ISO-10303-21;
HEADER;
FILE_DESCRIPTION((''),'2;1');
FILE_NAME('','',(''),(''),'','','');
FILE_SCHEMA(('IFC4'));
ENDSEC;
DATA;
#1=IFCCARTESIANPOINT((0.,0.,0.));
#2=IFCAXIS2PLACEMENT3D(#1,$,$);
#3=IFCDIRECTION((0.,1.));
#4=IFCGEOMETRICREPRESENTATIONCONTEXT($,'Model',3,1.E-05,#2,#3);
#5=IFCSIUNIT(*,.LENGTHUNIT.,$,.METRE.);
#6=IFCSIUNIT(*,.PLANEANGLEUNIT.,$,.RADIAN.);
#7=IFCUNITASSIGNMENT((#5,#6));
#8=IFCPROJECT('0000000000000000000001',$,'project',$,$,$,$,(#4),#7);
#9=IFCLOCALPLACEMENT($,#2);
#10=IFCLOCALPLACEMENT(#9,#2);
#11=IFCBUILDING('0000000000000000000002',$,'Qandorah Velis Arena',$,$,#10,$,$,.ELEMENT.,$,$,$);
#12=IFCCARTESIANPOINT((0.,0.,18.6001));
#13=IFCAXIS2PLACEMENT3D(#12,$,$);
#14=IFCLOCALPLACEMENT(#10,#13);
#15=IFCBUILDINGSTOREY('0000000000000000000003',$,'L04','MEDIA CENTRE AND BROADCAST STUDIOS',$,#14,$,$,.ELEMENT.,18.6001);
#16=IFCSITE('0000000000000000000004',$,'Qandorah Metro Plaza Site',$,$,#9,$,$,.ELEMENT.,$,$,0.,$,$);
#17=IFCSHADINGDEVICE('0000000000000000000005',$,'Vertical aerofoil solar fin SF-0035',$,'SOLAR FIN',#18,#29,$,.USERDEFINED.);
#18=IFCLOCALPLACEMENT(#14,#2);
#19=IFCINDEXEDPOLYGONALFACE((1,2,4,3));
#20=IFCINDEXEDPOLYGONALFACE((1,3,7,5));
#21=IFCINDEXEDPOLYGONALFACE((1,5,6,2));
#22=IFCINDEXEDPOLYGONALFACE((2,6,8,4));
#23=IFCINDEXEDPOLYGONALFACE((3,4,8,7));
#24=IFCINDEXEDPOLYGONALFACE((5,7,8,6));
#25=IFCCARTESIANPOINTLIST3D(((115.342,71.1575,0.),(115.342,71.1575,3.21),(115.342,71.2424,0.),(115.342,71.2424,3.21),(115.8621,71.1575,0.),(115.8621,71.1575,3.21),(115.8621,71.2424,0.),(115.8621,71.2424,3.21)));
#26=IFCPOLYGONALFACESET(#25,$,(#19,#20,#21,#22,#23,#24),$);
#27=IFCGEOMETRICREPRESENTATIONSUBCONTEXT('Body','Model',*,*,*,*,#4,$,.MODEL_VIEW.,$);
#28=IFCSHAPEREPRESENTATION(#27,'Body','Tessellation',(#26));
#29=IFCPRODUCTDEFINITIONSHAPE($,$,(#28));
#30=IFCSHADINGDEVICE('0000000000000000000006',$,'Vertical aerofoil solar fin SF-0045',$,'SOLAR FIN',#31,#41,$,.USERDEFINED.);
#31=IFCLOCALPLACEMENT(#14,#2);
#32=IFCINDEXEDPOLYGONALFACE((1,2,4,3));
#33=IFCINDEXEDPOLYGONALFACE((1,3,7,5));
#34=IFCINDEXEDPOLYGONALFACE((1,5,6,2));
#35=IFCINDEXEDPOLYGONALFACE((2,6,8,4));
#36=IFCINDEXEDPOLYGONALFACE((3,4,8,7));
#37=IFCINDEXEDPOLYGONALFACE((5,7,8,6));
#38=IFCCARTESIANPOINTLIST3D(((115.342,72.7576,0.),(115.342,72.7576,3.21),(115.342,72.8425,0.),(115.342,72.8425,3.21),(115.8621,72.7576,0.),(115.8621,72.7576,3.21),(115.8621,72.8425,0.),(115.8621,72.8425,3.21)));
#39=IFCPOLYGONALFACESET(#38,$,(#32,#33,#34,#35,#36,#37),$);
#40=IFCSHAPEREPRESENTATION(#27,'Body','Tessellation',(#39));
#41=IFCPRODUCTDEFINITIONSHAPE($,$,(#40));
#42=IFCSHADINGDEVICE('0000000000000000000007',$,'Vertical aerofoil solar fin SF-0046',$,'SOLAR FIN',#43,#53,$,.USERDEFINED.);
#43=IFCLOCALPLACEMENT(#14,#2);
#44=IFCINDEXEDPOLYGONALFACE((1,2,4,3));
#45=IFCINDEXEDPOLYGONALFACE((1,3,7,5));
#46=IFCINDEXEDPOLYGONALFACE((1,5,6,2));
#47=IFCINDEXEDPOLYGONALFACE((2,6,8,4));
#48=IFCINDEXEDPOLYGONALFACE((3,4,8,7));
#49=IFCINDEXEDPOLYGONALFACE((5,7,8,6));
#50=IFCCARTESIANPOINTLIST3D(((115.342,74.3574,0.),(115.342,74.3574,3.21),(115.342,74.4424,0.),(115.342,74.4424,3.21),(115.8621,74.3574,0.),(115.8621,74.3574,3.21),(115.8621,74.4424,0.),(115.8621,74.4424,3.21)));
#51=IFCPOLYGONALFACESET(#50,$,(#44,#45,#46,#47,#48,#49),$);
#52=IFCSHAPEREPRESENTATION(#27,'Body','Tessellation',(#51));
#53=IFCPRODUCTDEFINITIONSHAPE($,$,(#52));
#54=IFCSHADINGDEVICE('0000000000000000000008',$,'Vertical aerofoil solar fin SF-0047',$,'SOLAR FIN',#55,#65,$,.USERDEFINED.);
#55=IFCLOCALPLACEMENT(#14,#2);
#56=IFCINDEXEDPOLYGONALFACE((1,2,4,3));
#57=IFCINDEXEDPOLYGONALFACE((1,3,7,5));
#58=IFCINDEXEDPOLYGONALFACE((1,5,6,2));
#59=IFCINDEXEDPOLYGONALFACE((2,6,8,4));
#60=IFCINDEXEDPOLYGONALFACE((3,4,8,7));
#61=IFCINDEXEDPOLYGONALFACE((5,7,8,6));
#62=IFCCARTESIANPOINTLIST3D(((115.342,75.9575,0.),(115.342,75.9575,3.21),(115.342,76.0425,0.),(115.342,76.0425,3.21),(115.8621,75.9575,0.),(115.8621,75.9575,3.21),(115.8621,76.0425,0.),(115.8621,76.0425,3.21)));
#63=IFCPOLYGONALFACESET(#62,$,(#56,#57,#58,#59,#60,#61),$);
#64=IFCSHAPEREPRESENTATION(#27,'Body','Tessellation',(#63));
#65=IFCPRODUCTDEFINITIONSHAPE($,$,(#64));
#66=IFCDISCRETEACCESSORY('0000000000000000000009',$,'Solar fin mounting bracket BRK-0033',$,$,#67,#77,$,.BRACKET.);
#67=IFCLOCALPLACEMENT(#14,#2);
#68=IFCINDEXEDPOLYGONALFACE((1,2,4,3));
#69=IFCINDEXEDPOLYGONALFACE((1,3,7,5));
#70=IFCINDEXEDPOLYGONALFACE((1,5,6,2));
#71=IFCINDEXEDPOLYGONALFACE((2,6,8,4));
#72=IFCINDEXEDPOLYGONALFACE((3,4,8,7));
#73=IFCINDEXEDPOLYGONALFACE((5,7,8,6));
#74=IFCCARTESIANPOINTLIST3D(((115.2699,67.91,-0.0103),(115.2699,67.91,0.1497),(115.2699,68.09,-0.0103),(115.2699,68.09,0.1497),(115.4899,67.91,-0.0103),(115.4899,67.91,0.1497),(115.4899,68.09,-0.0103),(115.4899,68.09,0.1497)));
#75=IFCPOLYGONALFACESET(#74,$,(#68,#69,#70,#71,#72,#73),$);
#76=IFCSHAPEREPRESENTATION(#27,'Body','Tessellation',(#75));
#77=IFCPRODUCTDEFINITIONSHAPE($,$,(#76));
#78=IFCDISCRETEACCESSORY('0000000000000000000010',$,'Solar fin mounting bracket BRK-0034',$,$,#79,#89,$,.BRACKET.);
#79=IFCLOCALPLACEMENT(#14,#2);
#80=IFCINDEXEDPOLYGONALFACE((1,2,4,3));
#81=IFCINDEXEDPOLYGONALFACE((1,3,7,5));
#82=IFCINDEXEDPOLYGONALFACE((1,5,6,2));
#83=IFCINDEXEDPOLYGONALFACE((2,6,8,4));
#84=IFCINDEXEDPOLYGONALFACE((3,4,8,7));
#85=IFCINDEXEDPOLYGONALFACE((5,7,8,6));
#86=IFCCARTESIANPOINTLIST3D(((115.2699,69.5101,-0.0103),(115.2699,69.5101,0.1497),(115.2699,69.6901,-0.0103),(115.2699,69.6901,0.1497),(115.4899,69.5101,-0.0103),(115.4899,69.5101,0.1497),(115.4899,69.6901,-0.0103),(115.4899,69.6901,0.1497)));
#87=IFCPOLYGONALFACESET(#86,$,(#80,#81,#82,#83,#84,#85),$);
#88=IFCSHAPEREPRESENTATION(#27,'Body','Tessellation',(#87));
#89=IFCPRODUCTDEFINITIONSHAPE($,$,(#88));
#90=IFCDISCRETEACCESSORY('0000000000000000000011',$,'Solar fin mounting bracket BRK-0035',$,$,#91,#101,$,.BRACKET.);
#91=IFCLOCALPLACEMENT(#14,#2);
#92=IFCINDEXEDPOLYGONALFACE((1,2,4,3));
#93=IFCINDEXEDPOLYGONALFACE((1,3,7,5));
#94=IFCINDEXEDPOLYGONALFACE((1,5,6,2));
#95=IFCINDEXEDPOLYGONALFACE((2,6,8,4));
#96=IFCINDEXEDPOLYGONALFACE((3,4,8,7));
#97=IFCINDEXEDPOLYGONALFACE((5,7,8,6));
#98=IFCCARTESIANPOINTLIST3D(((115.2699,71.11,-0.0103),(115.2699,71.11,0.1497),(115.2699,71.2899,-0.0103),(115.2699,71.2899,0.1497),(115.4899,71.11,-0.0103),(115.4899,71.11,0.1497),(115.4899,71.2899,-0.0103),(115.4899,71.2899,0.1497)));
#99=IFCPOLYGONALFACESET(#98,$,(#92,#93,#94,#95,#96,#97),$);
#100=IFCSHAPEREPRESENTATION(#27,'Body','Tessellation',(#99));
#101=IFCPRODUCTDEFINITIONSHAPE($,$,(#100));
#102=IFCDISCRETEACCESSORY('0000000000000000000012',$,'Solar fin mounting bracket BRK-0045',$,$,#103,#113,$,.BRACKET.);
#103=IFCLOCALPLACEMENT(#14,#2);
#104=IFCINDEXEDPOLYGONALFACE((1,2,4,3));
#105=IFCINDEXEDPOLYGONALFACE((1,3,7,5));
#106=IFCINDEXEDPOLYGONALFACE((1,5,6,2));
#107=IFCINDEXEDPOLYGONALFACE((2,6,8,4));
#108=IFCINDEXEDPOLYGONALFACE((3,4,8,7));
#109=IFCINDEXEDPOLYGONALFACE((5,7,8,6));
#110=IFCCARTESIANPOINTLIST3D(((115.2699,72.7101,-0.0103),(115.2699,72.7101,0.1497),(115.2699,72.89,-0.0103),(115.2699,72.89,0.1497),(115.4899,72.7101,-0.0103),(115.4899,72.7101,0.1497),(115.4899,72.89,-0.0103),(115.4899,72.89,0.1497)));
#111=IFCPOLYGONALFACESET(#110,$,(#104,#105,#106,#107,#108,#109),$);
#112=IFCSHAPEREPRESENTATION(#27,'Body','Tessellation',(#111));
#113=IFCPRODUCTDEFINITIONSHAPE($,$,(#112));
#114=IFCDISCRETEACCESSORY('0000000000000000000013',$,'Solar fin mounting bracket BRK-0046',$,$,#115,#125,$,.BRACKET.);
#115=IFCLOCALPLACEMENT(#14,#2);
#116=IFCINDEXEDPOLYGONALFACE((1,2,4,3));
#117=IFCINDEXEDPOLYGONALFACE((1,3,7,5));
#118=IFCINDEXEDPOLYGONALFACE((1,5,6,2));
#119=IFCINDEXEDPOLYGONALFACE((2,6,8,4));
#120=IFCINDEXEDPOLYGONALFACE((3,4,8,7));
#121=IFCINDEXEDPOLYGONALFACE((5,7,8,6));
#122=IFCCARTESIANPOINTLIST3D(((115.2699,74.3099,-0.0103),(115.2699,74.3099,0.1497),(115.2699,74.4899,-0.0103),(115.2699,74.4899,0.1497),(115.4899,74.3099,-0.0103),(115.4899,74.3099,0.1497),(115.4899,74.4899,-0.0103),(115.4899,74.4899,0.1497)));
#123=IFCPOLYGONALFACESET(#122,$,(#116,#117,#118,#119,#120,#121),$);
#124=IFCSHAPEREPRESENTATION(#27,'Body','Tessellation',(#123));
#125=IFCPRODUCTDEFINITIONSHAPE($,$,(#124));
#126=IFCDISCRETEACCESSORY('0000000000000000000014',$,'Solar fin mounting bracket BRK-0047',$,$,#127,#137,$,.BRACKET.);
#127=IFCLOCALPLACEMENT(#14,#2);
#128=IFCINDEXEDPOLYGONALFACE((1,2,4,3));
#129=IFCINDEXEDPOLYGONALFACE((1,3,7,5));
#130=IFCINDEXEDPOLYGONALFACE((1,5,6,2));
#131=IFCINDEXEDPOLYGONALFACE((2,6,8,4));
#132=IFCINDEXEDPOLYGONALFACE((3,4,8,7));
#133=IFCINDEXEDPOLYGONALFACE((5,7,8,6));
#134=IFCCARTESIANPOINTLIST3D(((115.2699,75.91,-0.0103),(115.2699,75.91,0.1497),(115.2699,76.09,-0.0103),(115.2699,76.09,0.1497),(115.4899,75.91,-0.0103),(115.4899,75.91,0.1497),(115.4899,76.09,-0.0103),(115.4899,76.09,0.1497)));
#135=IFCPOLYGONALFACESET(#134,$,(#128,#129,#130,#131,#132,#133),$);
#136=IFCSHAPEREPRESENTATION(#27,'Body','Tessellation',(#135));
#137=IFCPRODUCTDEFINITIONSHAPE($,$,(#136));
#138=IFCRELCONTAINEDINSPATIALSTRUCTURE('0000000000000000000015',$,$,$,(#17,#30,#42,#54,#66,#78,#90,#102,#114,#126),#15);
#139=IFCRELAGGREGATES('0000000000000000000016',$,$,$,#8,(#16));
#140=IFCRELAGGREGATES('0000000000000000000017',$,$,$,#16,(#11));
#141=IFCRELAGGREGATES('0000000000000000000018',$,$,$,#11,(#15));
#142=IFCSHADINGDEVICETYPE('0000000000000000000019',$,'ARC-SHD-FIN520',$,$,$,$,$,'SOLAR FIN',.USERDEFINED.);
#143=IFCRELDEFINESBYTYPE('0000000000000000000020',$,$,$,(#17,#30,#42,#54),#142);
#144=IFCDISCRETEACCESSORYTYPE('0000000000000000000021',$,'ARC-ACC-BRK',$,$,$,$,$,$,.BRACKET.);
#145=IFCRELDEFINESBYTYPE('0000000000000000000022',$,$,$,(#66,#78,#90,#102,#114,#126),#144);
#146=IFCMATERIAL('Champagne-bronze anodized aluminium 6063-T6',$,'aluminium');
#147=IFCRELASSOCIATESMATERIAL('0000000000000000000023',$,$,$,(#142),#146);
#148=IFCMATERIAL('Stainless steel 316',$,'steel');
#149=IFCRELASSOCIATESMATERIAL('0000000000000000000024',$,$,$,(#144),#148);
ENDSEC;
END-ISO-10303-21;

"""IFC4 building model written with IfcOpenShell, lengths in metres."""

from ifc_helpers import new_model, si_unit, direction, frame, origin, origin_2d, place, context, subcontext, project, spatial, rectangle, extrude, material, type_object, element, save


model = new_model("IFC4")

# Units and contexts
model_context = context("Model", 3, precision=1e-05, world=origin(), true_north=direction((0.0, 1.0)))
body_context = subcontext(model_context, "Body", "Model", "MODEL_VIEW")
ifc_project = project(units=[si_unit("LENGTHUNIT", "METRE"), si_unit("PLANEANGLEUNIT", "RADIAN")], contexts=[model_context])

# Site, building, storey
site_placement = place(None, origin())
site = spatial("IfcSite", under=ifc_project, at=site_placement, Name="Qandorah Metro Plaza Site", CompositionType="ELEMENT", RefElevation=0.0)
building_placement = place(site_placement, origin())
building = spatial("IfcBuilding", under=site, at=building_placement, Name="Qandorah Velis Arena", CompositionType="ELEMENT")
storey_placement = place(building_placement, frame((0.0, 0.0, 18.6001)))
storey = spatial("IfcBuildingStorey", under=building, at=storey_placement, Name="L04", Description="MEDIA CENTRE AND BROADCAST STUDIOS", CompositionType="ELEMENT", Elevation=18.6001)

# Shared definitions
ifc_material_1 = material(Name="Champagne-bronze anodized aluminium 6063-T6", Category="aluminium")

# Shading devices
shading_device_type = type_object("IfcShadingDeviceType", Name="ARC-SHD-FIN520", ElementType="SOLAR FIN", PredefinedType="USERDEFINED", material=ifc_material_1)
for number, where, z_axis, x_axis, name in (
    (1, (115.6021, 71.2, 0.0), (0.0, 0.0, 1.0), (1.0, 0.0, 0.0), "Vertical aerofoil solar fin SF-0035"),
    (2, (115.6021, 72.8, 0.0), (0.0, 0.0, 1.0), (1.0, 0.0, 0.0), "Vertical aerofoil solar fin SF-0045"),
    (3, (115.6021, 74.3999, 0.0), (0.0, 0.0, 1.0), (1.0, 0.0, 0.0), "Vertical aerofoil solar fin SF-0046"),
    (4, (115.6021, 76.0, 0.0), (0.0, 0.0, 1.0), (1.0, 0.0, 0.0), "Vertical aerofoil solar fin SF-0047"),
):
    element("IfcShadingDevice", number, at=place(storey_placement, frame(where, z_axis=z_axis, x_axis=x_axis)), inside=storey, type_object=shading_device_type, Name=name, ObjectType="SOLAR FIN", PredefinedType="USERDEFINED", context=body_context, shape_type="SweptSolid", body=[
        extrude(rectangle(XDim=0.52, YDim=0.085, at=origin_2d()), origin(), (0.0, 0.0, 1.0), 3.21),
    ])

# Discrete accessories
ifc_material_2 = material(Name="Stainless steel 316", Category="steel")
discrete_accessory_type = type_object("IfcDiscreteAccessoryType", Name="ARC-ACC-BRK", PredefinedType="BRACKET", material=ifc_material_2)
for number, where, z_axis, x_axis, name in (
    (5, (115.3799, 68.0, -0.0103), (0.0, 0.0, 1.0), (1.0, 0.0, 0.0), "Solar fin mounting bracket BRK-0033"),
    (6, (115.3799, 69.6001, -0.0103), (0.0, 0.0, 1.0), (1.0, 0.0, 0.0), "Solar fin mounting bracket BRK-0034"),
    (7, (115.3799, 71.2, -0.0103), (0.0, 0.0, 1.0), (1.0, 0.0, 0.0), "Solar fin mounting bracket BRK-0035"),
    (8, (115.3799, 72.8, -0.0103), (0.0, 0.0, 1.0), (1.0, 0.0, 0.0), "Solar fin mounting bracket BRK-0045"),
    (9, (115.3799, 74.3999, -0.0103), (0.0, 0.0, 1.0), (1.0, 0.0, 0.0), "Solar fin mounting bracket BRK-0046"),
    (10, (115.3799, 76.0, -0.0103), (0.0, 0.0, 1.0), (1.0, 0.0, 0.0), "Solar fin mounting bracket BRK-0047"),
):
    element("IfcDiscreteAccessory", number, at=place(storey_placement, frame(where, z_axis=z_axis, x_axis=x_axis)), inside=storey, type_object=discrete_accessory_type, Name=name, PredefinedType="BRACKET", context=body_context, shape_type="SweptSolid", body=[
        extrude(rectangle(XDim=0.22, YDim=0.1799, at=origin_2d()), origin(), (0.0, 0.0, 1.0), 0.1599),
    ])

save(model, "model.ifc")
